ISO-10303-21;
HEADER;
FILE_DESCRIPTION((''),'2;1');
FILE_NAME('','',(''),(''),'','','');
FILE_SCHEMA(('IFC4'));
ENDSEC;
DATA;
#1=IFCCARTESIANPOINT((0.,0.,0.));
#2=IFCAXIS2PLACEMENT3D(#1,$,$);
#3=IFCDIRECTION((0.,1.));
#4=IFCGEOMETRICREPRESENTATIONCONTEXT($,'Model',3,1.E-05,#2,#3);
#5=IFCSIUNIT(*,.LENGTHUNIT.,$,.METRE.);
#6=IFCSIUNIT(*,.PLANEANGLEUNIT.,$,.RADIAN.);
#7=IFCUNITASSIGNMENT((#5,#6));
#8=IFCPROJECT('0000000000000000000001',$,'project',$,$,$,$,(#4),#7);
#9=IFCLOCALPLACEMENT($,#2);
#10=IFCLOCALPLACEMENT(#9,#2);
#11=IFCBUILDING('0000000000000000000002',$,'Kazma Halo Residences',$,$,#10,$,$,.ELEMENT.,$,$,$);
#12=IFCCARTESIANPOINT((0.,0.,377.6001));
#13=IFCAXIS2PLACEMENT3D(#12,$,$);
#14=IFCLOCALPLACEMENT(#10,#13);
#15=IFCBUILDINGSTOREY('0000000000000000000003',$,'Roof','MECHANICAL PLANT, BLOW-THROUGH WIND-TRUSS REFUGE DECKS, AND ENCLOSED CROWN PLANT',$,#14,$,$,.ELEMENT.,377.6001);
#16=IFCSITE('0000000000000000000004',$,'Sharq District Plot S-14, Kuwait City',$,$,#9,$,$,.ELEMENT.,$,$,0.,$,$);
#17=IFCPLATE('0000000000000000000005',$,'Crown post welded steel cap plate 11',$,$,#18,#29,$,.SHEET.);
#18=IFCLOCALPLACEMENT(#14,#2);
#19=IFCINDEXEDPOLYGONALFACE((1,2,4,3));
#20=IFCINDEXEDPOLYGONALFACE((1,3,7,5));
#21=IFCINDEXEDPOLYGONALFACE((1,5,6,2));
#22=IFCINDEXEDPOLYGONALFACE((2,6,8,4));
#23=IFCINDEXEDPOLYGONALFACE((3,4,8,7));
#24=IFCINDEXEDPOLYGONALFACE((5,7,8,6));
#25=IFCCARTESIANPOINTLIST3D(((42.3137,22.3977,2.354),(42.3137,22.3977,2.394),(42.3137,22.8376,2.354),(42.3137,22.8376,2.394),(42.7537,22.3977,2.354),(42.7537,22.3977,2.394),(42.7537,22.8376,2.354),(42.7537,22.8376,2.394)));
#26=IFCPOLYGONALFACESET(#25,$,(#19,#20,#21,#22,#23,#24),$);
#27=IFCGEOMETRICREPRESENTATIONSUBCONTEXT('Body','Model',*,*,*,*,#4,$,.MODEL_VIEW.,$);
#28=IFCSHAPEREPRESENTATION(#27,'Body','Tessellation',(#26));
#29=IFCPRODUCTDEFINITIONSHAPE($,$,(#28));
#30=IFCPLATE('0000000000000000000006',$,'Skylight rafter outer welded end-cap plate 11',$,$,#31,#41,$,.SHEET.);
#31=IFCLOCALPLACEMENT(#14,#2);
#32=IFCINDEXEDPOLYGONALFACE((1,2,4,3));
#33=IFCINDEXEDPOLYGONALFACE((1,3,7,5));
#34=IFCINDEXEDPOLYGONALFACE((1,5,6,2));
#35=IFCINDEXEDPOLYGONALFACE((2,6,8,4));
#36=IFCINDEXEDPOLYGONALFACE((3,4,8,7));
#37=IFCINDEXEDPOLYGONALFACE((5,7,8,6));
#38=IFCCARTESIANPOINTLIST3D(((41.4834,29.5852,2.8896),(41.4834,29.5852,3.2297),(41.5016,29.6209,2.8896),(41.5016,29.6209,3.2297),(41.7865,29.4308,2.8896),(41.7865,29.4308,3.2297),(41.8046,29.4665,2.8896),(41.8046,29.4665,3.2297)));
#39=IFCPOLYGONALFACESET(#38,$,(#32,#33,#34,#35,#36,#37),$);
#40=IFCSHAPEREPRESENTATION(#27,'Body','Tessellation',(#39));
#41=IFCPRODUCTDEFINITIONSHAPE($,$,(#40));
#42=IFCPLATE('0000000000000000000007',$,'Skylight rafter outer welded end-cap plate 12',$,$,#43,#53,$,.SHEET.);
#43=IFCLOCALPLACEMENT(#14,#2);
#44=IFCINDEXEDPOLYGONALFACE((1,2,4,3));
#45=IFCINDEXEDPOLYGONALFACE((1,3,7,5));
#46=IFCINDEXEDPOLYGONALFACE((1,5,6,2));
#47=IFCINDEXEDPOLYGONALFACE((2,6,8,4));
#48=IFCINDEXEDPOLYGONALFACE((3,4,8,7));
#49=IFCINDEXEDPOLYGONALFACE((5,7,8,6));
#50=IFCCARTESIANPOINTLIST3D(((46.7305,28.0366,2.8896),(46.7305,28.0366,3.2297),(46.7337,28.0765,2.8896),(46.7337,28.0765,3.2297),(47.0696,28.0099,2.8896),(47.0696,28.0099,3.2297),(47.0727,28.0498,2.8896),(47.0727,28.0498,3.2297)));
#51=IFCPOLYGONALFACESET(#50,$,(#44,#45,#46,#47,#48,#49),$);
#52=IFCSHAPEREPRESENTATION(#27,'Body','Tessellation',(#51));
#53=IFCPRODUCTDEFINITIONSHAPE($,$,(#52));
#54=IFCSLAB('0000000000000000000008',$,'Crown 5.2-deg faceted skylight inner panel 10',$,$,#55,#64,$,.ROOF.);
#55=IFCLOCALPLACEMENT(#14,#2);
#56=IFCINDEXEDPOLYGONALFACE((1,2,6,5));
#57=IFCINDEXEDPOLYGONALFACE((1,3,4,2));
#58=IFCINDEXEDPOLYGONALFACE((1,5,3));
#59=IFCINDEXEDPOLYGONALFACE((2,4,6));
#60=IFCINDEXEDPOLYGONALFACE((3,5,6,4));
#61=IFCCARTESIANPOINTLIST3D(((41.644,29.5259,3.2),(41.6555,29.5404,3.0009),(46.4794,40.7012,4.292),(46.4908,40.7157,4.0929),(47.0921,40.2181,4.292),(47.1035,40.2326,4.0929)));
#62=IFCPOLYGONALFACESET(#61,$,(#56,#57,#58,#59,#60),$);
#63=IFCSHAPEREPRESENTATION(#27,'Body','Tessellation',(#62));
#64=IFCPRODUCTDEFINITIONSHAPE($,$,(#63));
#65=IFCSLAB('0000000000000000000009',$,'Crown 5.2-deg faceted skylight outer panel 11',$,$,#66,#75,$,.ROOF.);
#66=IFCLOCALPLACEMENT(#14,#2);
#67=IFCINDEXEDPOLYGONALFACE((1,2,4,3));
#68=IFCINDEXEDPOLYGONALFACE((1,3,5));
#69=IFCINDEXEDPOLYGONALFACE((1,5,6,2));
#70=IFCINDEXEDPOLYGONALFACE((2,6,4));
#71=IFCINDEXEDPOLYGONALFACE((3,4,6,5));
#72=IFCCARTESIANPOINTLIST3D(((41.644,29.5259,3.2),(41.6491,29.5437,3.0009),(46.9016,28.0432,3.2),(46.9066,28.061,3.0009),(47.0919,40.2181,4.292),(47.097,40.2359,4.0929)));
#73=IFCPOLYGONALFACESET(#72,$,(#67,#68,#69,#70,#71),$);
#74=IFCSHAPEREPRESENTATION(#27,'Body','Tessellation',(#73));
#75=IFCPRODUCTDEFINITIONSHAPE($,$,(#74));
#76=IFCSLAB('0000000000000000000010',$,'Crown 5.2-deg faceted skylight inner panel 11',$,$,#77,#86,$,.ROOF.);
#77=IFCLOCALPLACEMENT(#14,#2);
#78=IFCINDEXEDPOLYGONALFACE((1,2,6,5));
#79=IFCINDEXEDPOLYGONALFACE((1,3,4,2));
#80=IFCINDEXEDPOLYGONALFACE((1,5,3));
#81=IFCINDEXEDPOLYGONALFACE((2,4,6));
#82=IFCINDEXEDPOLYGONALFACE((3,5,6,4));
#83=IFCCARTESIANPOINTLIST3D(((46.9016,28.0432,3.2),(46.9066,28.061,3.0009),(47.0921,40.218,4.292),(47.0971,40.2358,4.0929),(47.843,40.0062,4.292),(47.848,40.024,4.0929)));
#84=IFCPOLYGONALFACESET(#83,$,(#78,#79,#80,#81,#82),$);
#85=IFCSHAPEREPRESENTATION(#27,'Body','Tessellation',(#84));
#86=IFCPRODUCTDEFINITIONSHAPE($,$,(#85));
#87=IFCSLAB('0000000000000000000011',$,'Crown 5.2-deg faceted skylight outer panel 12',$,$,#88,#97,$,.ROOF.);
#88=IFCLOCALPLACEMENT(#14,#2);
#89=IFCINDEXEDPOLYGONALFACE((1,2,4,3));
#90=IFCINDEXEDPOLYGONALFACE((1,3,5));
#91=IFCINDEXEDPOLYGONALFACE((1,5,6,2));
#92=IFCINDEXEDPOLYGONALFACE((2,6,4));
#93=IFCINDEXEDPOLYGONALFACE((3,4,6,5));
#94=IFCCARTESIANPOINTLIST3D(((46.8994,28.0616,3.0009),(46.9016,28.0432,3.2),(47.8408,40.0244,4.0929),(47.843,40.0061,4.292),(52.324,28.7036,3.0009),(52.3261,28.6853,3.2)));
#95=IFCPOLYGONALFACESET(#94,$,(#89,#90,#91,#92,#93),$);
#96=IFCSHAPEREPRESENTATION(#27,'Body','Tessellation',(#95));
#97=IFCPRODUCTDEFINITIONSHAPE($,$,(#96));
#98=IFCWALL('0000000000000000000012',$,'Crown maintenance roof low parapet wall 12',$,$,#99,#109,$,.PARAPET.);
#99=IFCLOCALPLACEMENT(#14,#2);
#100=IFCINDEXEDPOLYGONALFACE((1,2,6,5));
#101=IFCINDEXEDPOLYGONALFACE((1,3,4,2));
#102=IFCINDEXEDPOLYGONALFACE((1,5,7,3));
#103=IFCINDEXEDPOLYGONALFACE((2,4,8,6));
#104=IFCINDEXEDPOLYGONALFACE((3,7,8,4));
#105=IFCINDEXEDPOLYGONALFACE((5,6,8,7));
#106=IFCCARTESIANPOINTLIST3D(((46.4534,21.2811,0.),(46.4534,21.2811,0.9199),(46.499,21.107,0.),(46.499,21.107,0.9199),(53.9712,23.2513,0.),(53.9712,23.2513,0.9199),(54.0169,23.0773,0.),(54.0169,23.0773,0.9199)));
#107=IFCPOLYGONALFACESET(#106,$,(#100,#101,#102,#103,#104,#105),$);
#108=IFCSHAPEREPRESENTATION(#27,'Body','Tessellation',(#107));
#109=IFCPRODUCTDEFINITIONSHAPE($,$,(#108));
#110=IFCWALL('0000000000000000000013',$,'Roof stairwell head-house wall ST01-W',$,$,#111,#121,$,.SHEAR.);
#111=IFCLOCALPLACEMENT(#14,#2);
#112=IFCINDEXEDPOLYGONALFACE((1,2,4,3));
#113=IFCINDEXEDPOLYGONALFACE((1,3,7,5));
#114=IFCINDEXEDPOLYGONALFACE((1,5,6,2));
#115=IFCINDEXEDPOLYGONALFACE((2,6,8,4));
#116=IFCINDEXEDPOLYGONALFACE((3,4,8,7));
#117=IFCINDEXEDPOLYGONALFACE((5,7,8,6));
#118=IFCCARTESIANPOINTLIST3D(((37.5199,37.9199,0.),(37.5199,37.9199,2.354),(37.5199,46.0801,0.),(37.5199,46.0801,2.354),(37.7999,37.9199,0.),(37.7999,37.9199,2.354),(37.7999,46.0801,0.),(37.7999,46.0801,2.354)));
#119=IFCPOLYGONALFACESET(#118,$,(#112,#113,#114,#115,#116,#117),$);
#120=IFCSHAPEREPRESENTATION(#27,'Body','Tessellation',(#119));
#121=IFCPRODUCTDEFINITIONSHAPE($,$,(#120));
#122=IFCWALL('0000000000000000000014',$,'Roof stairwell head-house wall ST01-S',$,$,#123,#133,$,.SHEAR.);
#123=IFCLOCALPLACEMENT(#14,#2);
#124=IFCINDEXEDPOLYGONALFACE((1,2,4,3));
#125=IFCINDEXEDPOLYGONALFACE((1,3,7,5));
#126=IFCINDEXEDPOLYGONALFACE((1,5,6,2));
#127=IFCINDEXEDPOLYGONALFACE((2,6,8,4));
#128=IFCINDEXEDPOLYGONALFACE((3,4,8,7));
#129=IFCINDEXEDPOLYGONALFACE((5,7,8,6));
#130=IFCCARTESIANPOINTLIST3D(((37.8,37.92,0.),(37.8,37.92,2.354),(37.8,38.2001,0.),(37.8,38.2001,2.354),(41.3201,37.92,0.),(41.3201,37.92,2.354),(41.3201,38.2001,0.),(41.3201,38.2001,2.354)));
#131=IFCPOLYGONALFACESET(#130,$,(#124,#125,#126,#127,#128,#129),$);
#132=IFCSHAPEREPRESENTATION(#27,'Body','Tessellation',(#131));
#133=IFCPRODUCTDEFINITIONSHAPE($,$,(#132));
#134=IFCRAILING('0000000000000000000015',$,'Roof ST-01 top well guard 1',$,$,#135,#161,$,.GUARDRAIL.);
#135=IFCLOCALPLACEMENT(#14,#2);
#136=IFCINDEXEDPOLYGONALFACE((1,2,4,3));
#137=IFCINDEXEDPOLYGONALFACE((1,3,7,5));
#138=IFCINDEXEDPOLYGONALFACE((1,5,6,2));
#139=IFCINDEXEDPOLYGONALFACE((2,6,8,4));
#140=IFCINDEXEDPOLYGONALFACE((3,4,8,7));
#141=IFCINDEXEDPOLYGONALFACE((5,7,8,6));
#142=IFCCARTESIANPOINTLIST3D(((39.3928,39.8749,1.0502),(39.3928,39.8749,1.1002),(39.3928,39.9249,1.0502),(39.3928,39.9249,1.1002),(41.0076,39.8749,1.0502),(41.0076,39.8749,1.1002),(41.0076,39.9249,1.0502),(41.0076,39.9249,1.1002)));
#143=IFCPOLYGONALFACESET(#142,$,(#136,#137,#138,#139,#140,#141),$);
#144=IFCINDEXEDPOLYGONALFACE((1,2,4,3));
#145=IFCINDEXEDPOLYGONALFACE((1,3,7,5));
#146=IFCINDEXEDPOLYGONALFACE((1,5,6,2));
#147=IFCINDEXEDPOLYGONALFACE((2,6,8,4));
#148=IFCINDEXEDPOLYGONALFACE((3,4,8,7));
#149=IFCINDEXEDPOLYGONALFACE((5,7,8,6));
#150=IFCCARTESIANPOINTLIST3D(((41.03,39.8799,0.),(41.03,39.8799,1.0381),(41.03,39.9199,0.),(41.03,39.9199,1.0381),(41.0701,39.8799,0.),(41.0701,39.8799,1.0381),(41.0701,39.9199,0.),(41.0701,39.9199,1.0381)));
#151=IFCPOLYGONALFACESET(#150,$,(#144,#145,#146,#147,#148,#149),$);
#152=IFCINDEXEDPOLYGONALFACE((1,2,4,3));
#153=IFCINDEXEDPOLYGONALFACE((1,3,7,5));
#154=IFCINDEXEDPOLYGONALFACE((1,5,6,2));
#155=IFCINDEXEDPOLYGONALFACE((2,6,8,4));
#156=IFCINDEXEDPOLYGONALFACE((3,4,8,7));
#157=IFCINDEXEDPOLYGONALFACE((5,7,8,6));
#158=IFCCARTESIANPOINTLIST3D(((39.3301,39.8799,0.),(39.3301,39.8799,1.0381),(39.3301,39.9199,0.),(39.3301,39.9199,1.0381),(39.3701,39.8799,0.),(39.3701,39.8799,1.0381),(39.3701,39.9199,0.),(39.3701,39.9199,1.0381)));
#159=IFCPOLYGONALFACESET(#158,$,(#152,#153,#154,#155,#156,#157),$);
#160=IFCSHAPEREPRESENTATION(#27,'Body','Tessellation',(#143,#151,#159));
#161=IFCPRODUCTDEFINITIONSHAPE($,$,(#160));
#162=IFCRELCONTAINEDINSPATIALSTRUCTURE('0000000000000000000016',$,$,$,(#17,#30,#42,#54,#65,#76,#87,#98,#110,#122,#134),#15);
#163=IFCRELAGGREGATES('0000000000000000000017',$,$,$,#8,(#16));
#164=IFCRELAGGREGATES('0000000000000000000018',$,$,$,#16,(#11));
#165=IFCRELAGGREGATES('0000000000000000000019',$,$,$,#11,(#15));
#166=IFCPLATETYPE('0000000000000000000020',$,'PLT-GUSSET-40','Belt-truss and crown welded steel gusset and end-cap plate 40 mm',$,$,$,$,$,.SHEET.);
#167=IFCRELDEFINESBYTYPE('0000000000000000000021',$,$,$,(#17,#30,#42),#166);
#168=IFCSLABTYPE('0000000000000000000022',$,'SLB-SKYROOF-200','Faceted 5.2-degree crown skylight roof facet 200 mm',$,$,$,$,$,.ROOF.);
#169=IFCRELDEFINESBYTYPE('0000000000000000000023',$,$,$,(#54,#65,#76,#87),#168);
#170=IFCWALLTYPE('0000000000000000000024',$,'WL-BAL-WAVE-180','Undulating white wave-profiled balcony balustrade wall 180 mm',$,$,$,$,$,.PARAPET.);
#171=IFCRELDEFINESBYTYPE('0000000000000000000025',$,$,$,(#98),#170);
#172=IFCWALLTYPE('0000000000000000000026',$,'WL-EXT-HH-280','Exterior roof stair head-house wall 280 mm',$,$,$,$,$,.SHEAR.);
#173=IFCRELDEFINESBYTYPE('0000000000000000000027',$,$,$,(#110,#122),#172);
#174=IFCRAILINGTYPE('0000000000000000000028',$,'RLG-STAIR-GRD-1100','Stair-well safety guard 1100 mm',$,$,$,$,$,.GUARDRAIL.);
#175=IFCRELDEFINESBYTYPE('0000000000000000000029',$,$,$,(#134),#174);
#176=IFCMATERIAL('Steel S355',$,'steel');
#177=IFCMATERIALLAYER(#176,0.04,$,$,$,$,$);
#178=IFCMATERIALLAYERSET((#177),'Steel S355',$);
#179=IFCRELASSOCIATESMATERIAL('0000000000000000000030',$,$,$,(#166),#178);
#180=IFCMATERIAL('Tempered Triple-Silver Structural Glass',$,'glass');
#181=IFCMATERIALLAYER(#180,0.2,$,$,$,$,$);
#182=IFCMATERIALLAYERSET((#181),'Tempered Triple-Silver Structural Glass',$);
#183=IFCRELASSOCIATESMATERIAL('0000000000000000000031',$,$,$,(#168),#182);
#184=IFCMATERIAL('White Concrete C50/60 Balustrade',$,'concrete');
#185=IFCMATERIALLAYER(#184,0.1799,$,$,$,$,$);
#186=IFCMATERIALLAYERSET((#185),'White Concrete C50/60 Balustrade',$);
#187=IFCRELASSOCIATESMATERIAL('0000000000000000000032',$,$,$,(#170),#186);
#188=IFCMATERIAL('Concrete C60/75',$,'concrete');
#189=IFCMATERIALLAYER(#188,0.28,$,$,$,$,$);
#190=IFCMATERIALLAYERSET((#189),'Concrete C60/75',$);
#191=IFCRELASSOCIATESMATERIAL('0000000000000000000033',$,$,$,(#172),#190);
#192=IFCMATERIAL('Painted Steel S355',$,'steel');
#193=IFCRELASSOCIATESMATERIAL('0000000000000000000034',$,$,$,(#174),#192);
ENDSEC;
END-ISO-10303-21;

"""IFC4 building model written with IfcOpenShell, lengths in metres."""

from ifc_helpers import new_model, si_unit, direction, frame, frame_2d, origin, origin_2d, place, context, subcontext, project, spatial, polyline, rectangle, outline, extrude, material, layer, layer_set, type_object, element, save


model = new_model("IFC4")

# Units and contexts
model_context = context("Model", 3, precision=1e-05, world=origin(), true_north=direction((0.0, 1.0)))
body_context = subcontext(model_context, "Body", "Model", "MODEL_VIEW")
ifc_project = project(units=[si_unit("LENGTHUNIT", "METRE"), si_unit("PLANEANGLEUNIT", "RADIAN")], contexts=[model_context])

# Site, building, storey
site_placement = place(None, origin())
site = spatial("IfcSite", under=ifc_project, at=site_placement, Name="Sharq District Plot S-14, Kuwait City", CompositionType="ELEMENT", RefElevation=0.0)
building_placement = place(site_placement, origin())
building = spatial("IfcBuilding", under=site, at=building_placement, Name="Kazma Halo Residences", CompositionType="ELEMENT")
storey_placement = place(building_placement, frame((0.0, 0.0, 377.6001)))
storey = spatial("IfcBuildingStorey", under=building, at=storey_placement, Name="Roof", Description="MECHANICAL PLANT, BLOW-THROUGH WIND-TRUSS REFUGE DECKS, AND ENCLOSED CROWN PLANT", CompositionType="ELEMENT", Elevation=377.6001)

# Shared definitions
ifc_material_1 = material(Name="Steel S355", Category="steel")

# Plates
ifc_layer_1 = layer(ifc_material_1, 0.04)
ifc_layer_set_1 = layer_set([ifc_layer_1], Name="Steel S355")
plate_type_1 = type_object("IfcPlateType", Name="PLT-GUSSET-40", Description="Belt-truss and crown welded steel gusset and end-cap plate 40 mm", PredefinedType="SHEET", material=ifc_layer_set_1)
plate_1_placement = place(storey_placement, frame((42.5337, 22.6177, 2.354), z_axis=(0.0, 0.0, 1.0), x_axis=(1.0, 0.0, 0.0)))
element("IfcPlate", 1, at=plate_1_placement, inside=storey, type_object=plate_type_1, Name="Crown post welded steel cap plate 11", PredefinedType="SHEET", context=body_context, shape_type="SweptSolid", body=[
    extrude(rectangle(XDim=0.4399, YDim=0.4399, at=origin_2d()), origin(), (0.0, 0.0, 1.0), 0.04),
])
for number, where, z_axis, x_axis, name in (
    (2, (41.644, 29.5259, 2.8896), (0.0, 0.0, 1.0), (-0.45399, -0.891007, 0.0), "Skylight rafter outer welded end-cap plate 11"),
    (3, (46.9016, 28.0432, 2.8896), (0.0, 0.0, 1.0), (-0.078459, -0.996917, 0.0), "Skylight rafter outer welded end-cap plate 12"),
):
    element("IfcPlate", number, at=place(storey_placement, frame(where, z_axis=z_axis, x_axis=x_axis)), inside=storey, type_object=plate_type_1, Name=name, PredefinedType="SHEET", context=body_context, shape_type="SweptSolid", body=[
        extrude(rectangle(XDim=0.04, YDim=0.3401, at=origin_2d()), origin(), (0.0, 0.0, 1.0), 0.3401),
    ])

# Slabs
ifc_material_2 = material(Name="Tempered Triple-Silver Structural Glass", Category="glass")
ifc_layer_2 = layer(ifc_material_2, 0.2)
ifc_layer_set_2 = layer_set([ifc_layer_2], Name="Tempered Triple-Silver Structural Glass")
slab_type = type_object("IfcSlabType", Name="SLB-SKYROOF-200", Description="Faceted 5.2-degree crown skylight roof facet 200 mm", PredefinedType="ROOF", material=ifc_layer_set_2)
slab_1_placement = place(storey_placement, frame((41.644, 29.5259, 3.2), z_axis=(-0.057203, -0.072551, 0.995723), x_axis=(0.452128, 0.887337, 0.090628)))
element("IfcSlab", 4, at=slab_1_placement, inside=storey, type_object=slab_type, Name="Crown 5.2-deg faceted skylight inner panel 10", PredefinedType="ROOF", context=body_context, shape_type="SweptSolid", body=[
    extrude(outline(polyline([(0.0, 0.0), (12.0498, 0.0), (12.2014, 0.7654), (0.0, 0.0)])), origin(), (0.0, 0.0, -1.0), 0.2),
])
slab_2_placement = place(storey_placement, frame((41.644, 29.5259, 3.2), z_axis=(-0.025076, -0.088921, 0.995723), x_axis=(0.962461, -0.27142, 0.0)))
element("IfcSlab", 5, at=slab_2_placement, inside=storey, type_object=slab_type, Name="Crown 5.2-deg faceted skylight outer panel 11", PredefinedType="ROOF", context=body_context, shape_type="SweptSolid", body=[
    extrude(outline(polyline([(0.0, 0.0), (5.4626, 0.0), (2.3413, 11.8201), (0.0, 0.0)])), origin(), (0.0, 0.0, -1.0), 0.2),
])
slab_3_placement = place(storey_placement, frame((46.9016, 28.0432, 3.2), z_axis=(-0.025092, -0.088921, 0.995723), x_axis=(0.078128, 0.992815, 0.09063)))
element("IfcSlab", 6, at=slab_3_placement, inside=storey, type_object=slab_type, Name="Crown 5.2-deg faceted skylight inner panel 11", PredefinedType="ROOF", context=body_context, shape_type="SweptSolid", body=[
    extrude(outline(polyline([(0.0, 0.0), (12.0496, 0.0), (12.2012, 0.7654), (0.0, 0.0)])), origin(), (0.0, 0.0, -1.0), 0.2),
])
slab_4_placement = place(storey_placement, frame((46.9016, 28.0432, 3.2), z_axis=(0.01086, -0.09175, 0.995723), x_axis=(0.993067, 0.117547, 0.0)))
element("IfcSlab", 7, at=slab_4_placement, inside=storey, type_object=slab_type, Name="Crown 5.2-deg faceted skylight outer panel 12", PredefinedType="ROOF", context=body_context, shape_type="SweptSolid", body=[
    extrude(outline(polyline([(0.0, 0.0), (5.4624, 0.0), (2.3411, 11.8198), (0.0, 0.0)])), origin(), (0.0, 0.0, -1.0), 0.2),
])

# Wall
ifc_material_3 = material(Name="White Concrete C50/60 Balustrade", Category="concrete")
ifc_layer_3 = layer(ifc_material_3, 0.1799)
ifc_layer_set_3 = layer_set([ifc_layer_3], Name="White Concrete C50/60 Balustrade")
wall_type_1 = type_object("IfcWallType", Name="WL-BAL-WAVE-180", Description="Undulating white wave-profiled balcony balustrade wall 180 mm", PredefinedType="PARAPET", material=ifc_layer_set_3)
wall_1_placement = place(storey_placement, frame((46.4763, 21.1941, 0.0), z_axis=(0.0, 0.0, 1.0), x_axis=(0.967332, 0.253511, 0.0)))
element("IfcWall", 8, at=wall_1_placement, inside=storey, type_object=wall_type_1, Name="Crown maintenance roof low parapet wall 12", PredefinedType="PARAPET", context=body_context, shape_type="SweptSolid", body=[
    extrude(rectangle(XDim=7.7717, YDim=0.1799, at=frame_2d((3.8857, 0.0))), origin(), (0.0, 0.0, 1.0), 0.9199),
])

# Walls
ifc_material_4 = material(Name="Concrete C60/75", Category="concrete")
ifc_layer_4 = layer(ifc_material_4, 0.28)
ifc_layer_set_4 = layer_set([ifc_layer_4], Name="Concrete C60/75")
wall_type_2 = type_object("IfcWallType", Name="WL-EXT-HH-280", Description="Exterior roof stair head-house wall 280 mm", PredefinedType="SHEAR", material=ifc_layer_set_4)
wall_2_placement = place(storey_placement, frame((37.6599, 37.9199, 0.0), z_axis=(0.0, 0.0, 1.0), x_axis=(0.0, 1.0, 0.0)))
element("IfcWall", 9, at=wall_2_placement, inside=storey, type_object=wall_type_2, Name="Roof stairwell head-house wall ST01-W", PredefinedType="SHEAR", context=body_context, shape_type="SweptSolid", body=[
    extrude(rectangle(XDim=8.1602, YDim=0.28, at=frame_2d((4.0801, 0.0))), origin(), (0.0, 0.0, 1.0), 2.354),
])
wall_3_placement = place(storey_placement, frame((37.8, 38.0601, 0.0), z_axis=(0.0, 0.0, 1.0), x_axis=(1.0, 0.0, 0.0)))
element("IfcWall", 10, at=wall_3_placement, inside=storey, type_object=wall_type_2, Name="Roof stairwell head-house wall ST01-S", PredefinedType="SHEAR", context=body_context, shape_type="SweptSolid", body=[
    extrude(rectangle(XDim=3.52, YDim=0.28, at=frame_2d((1.76, 0.0))), origin(), (0.0, 0.0, 1.0), 2.354),
])

# Railing
ifc_material_5 = material(Name="Painted Steel S355", Category="steel")
railing_type = type_object("IfcRailingType", Name="RLG-STAIR-GRD-1100", Description="Stair-well safety guard 1100 mm", PredefinedType="GUARDRAIL", material=ifc_material_5)
railing_placement = place(storey_placement, frame((41.05, 39.8999, 0.0)))
element("IfcRailing", 11, at=railing_placement, inside=storey, type_object=railing_type, Name="Roof ST-01 top well guard 1", PredefinedType="GUARDRAIL", context=body_context, shape_type="SweptSolid", body=[
    extrude(rectangle(XDim=0.05, YDim=0.05, at=origin_2d()), frame((-0.0425, 0.0, 1.0752), z_axis=(-1.0, 0.0, 0.0), x_axis=(0.0, -1.0, 0.0)), (0.0, 0.0, 1.0), 1.6147),
    extrude(rectangle(XDim=0.04, YDim=0.04, at=origin_2d()), origin(), (0.0, 0.0, 1.0), 1.0381),
    extrude(rectangle(XDim=0.04, YDim=0.04, at=origin_2d()), frame((-1.7, 0.0, 0.0)), (0.0, 0.0, 1.0), 1.0381),
])

save(model, "model.ifc")
